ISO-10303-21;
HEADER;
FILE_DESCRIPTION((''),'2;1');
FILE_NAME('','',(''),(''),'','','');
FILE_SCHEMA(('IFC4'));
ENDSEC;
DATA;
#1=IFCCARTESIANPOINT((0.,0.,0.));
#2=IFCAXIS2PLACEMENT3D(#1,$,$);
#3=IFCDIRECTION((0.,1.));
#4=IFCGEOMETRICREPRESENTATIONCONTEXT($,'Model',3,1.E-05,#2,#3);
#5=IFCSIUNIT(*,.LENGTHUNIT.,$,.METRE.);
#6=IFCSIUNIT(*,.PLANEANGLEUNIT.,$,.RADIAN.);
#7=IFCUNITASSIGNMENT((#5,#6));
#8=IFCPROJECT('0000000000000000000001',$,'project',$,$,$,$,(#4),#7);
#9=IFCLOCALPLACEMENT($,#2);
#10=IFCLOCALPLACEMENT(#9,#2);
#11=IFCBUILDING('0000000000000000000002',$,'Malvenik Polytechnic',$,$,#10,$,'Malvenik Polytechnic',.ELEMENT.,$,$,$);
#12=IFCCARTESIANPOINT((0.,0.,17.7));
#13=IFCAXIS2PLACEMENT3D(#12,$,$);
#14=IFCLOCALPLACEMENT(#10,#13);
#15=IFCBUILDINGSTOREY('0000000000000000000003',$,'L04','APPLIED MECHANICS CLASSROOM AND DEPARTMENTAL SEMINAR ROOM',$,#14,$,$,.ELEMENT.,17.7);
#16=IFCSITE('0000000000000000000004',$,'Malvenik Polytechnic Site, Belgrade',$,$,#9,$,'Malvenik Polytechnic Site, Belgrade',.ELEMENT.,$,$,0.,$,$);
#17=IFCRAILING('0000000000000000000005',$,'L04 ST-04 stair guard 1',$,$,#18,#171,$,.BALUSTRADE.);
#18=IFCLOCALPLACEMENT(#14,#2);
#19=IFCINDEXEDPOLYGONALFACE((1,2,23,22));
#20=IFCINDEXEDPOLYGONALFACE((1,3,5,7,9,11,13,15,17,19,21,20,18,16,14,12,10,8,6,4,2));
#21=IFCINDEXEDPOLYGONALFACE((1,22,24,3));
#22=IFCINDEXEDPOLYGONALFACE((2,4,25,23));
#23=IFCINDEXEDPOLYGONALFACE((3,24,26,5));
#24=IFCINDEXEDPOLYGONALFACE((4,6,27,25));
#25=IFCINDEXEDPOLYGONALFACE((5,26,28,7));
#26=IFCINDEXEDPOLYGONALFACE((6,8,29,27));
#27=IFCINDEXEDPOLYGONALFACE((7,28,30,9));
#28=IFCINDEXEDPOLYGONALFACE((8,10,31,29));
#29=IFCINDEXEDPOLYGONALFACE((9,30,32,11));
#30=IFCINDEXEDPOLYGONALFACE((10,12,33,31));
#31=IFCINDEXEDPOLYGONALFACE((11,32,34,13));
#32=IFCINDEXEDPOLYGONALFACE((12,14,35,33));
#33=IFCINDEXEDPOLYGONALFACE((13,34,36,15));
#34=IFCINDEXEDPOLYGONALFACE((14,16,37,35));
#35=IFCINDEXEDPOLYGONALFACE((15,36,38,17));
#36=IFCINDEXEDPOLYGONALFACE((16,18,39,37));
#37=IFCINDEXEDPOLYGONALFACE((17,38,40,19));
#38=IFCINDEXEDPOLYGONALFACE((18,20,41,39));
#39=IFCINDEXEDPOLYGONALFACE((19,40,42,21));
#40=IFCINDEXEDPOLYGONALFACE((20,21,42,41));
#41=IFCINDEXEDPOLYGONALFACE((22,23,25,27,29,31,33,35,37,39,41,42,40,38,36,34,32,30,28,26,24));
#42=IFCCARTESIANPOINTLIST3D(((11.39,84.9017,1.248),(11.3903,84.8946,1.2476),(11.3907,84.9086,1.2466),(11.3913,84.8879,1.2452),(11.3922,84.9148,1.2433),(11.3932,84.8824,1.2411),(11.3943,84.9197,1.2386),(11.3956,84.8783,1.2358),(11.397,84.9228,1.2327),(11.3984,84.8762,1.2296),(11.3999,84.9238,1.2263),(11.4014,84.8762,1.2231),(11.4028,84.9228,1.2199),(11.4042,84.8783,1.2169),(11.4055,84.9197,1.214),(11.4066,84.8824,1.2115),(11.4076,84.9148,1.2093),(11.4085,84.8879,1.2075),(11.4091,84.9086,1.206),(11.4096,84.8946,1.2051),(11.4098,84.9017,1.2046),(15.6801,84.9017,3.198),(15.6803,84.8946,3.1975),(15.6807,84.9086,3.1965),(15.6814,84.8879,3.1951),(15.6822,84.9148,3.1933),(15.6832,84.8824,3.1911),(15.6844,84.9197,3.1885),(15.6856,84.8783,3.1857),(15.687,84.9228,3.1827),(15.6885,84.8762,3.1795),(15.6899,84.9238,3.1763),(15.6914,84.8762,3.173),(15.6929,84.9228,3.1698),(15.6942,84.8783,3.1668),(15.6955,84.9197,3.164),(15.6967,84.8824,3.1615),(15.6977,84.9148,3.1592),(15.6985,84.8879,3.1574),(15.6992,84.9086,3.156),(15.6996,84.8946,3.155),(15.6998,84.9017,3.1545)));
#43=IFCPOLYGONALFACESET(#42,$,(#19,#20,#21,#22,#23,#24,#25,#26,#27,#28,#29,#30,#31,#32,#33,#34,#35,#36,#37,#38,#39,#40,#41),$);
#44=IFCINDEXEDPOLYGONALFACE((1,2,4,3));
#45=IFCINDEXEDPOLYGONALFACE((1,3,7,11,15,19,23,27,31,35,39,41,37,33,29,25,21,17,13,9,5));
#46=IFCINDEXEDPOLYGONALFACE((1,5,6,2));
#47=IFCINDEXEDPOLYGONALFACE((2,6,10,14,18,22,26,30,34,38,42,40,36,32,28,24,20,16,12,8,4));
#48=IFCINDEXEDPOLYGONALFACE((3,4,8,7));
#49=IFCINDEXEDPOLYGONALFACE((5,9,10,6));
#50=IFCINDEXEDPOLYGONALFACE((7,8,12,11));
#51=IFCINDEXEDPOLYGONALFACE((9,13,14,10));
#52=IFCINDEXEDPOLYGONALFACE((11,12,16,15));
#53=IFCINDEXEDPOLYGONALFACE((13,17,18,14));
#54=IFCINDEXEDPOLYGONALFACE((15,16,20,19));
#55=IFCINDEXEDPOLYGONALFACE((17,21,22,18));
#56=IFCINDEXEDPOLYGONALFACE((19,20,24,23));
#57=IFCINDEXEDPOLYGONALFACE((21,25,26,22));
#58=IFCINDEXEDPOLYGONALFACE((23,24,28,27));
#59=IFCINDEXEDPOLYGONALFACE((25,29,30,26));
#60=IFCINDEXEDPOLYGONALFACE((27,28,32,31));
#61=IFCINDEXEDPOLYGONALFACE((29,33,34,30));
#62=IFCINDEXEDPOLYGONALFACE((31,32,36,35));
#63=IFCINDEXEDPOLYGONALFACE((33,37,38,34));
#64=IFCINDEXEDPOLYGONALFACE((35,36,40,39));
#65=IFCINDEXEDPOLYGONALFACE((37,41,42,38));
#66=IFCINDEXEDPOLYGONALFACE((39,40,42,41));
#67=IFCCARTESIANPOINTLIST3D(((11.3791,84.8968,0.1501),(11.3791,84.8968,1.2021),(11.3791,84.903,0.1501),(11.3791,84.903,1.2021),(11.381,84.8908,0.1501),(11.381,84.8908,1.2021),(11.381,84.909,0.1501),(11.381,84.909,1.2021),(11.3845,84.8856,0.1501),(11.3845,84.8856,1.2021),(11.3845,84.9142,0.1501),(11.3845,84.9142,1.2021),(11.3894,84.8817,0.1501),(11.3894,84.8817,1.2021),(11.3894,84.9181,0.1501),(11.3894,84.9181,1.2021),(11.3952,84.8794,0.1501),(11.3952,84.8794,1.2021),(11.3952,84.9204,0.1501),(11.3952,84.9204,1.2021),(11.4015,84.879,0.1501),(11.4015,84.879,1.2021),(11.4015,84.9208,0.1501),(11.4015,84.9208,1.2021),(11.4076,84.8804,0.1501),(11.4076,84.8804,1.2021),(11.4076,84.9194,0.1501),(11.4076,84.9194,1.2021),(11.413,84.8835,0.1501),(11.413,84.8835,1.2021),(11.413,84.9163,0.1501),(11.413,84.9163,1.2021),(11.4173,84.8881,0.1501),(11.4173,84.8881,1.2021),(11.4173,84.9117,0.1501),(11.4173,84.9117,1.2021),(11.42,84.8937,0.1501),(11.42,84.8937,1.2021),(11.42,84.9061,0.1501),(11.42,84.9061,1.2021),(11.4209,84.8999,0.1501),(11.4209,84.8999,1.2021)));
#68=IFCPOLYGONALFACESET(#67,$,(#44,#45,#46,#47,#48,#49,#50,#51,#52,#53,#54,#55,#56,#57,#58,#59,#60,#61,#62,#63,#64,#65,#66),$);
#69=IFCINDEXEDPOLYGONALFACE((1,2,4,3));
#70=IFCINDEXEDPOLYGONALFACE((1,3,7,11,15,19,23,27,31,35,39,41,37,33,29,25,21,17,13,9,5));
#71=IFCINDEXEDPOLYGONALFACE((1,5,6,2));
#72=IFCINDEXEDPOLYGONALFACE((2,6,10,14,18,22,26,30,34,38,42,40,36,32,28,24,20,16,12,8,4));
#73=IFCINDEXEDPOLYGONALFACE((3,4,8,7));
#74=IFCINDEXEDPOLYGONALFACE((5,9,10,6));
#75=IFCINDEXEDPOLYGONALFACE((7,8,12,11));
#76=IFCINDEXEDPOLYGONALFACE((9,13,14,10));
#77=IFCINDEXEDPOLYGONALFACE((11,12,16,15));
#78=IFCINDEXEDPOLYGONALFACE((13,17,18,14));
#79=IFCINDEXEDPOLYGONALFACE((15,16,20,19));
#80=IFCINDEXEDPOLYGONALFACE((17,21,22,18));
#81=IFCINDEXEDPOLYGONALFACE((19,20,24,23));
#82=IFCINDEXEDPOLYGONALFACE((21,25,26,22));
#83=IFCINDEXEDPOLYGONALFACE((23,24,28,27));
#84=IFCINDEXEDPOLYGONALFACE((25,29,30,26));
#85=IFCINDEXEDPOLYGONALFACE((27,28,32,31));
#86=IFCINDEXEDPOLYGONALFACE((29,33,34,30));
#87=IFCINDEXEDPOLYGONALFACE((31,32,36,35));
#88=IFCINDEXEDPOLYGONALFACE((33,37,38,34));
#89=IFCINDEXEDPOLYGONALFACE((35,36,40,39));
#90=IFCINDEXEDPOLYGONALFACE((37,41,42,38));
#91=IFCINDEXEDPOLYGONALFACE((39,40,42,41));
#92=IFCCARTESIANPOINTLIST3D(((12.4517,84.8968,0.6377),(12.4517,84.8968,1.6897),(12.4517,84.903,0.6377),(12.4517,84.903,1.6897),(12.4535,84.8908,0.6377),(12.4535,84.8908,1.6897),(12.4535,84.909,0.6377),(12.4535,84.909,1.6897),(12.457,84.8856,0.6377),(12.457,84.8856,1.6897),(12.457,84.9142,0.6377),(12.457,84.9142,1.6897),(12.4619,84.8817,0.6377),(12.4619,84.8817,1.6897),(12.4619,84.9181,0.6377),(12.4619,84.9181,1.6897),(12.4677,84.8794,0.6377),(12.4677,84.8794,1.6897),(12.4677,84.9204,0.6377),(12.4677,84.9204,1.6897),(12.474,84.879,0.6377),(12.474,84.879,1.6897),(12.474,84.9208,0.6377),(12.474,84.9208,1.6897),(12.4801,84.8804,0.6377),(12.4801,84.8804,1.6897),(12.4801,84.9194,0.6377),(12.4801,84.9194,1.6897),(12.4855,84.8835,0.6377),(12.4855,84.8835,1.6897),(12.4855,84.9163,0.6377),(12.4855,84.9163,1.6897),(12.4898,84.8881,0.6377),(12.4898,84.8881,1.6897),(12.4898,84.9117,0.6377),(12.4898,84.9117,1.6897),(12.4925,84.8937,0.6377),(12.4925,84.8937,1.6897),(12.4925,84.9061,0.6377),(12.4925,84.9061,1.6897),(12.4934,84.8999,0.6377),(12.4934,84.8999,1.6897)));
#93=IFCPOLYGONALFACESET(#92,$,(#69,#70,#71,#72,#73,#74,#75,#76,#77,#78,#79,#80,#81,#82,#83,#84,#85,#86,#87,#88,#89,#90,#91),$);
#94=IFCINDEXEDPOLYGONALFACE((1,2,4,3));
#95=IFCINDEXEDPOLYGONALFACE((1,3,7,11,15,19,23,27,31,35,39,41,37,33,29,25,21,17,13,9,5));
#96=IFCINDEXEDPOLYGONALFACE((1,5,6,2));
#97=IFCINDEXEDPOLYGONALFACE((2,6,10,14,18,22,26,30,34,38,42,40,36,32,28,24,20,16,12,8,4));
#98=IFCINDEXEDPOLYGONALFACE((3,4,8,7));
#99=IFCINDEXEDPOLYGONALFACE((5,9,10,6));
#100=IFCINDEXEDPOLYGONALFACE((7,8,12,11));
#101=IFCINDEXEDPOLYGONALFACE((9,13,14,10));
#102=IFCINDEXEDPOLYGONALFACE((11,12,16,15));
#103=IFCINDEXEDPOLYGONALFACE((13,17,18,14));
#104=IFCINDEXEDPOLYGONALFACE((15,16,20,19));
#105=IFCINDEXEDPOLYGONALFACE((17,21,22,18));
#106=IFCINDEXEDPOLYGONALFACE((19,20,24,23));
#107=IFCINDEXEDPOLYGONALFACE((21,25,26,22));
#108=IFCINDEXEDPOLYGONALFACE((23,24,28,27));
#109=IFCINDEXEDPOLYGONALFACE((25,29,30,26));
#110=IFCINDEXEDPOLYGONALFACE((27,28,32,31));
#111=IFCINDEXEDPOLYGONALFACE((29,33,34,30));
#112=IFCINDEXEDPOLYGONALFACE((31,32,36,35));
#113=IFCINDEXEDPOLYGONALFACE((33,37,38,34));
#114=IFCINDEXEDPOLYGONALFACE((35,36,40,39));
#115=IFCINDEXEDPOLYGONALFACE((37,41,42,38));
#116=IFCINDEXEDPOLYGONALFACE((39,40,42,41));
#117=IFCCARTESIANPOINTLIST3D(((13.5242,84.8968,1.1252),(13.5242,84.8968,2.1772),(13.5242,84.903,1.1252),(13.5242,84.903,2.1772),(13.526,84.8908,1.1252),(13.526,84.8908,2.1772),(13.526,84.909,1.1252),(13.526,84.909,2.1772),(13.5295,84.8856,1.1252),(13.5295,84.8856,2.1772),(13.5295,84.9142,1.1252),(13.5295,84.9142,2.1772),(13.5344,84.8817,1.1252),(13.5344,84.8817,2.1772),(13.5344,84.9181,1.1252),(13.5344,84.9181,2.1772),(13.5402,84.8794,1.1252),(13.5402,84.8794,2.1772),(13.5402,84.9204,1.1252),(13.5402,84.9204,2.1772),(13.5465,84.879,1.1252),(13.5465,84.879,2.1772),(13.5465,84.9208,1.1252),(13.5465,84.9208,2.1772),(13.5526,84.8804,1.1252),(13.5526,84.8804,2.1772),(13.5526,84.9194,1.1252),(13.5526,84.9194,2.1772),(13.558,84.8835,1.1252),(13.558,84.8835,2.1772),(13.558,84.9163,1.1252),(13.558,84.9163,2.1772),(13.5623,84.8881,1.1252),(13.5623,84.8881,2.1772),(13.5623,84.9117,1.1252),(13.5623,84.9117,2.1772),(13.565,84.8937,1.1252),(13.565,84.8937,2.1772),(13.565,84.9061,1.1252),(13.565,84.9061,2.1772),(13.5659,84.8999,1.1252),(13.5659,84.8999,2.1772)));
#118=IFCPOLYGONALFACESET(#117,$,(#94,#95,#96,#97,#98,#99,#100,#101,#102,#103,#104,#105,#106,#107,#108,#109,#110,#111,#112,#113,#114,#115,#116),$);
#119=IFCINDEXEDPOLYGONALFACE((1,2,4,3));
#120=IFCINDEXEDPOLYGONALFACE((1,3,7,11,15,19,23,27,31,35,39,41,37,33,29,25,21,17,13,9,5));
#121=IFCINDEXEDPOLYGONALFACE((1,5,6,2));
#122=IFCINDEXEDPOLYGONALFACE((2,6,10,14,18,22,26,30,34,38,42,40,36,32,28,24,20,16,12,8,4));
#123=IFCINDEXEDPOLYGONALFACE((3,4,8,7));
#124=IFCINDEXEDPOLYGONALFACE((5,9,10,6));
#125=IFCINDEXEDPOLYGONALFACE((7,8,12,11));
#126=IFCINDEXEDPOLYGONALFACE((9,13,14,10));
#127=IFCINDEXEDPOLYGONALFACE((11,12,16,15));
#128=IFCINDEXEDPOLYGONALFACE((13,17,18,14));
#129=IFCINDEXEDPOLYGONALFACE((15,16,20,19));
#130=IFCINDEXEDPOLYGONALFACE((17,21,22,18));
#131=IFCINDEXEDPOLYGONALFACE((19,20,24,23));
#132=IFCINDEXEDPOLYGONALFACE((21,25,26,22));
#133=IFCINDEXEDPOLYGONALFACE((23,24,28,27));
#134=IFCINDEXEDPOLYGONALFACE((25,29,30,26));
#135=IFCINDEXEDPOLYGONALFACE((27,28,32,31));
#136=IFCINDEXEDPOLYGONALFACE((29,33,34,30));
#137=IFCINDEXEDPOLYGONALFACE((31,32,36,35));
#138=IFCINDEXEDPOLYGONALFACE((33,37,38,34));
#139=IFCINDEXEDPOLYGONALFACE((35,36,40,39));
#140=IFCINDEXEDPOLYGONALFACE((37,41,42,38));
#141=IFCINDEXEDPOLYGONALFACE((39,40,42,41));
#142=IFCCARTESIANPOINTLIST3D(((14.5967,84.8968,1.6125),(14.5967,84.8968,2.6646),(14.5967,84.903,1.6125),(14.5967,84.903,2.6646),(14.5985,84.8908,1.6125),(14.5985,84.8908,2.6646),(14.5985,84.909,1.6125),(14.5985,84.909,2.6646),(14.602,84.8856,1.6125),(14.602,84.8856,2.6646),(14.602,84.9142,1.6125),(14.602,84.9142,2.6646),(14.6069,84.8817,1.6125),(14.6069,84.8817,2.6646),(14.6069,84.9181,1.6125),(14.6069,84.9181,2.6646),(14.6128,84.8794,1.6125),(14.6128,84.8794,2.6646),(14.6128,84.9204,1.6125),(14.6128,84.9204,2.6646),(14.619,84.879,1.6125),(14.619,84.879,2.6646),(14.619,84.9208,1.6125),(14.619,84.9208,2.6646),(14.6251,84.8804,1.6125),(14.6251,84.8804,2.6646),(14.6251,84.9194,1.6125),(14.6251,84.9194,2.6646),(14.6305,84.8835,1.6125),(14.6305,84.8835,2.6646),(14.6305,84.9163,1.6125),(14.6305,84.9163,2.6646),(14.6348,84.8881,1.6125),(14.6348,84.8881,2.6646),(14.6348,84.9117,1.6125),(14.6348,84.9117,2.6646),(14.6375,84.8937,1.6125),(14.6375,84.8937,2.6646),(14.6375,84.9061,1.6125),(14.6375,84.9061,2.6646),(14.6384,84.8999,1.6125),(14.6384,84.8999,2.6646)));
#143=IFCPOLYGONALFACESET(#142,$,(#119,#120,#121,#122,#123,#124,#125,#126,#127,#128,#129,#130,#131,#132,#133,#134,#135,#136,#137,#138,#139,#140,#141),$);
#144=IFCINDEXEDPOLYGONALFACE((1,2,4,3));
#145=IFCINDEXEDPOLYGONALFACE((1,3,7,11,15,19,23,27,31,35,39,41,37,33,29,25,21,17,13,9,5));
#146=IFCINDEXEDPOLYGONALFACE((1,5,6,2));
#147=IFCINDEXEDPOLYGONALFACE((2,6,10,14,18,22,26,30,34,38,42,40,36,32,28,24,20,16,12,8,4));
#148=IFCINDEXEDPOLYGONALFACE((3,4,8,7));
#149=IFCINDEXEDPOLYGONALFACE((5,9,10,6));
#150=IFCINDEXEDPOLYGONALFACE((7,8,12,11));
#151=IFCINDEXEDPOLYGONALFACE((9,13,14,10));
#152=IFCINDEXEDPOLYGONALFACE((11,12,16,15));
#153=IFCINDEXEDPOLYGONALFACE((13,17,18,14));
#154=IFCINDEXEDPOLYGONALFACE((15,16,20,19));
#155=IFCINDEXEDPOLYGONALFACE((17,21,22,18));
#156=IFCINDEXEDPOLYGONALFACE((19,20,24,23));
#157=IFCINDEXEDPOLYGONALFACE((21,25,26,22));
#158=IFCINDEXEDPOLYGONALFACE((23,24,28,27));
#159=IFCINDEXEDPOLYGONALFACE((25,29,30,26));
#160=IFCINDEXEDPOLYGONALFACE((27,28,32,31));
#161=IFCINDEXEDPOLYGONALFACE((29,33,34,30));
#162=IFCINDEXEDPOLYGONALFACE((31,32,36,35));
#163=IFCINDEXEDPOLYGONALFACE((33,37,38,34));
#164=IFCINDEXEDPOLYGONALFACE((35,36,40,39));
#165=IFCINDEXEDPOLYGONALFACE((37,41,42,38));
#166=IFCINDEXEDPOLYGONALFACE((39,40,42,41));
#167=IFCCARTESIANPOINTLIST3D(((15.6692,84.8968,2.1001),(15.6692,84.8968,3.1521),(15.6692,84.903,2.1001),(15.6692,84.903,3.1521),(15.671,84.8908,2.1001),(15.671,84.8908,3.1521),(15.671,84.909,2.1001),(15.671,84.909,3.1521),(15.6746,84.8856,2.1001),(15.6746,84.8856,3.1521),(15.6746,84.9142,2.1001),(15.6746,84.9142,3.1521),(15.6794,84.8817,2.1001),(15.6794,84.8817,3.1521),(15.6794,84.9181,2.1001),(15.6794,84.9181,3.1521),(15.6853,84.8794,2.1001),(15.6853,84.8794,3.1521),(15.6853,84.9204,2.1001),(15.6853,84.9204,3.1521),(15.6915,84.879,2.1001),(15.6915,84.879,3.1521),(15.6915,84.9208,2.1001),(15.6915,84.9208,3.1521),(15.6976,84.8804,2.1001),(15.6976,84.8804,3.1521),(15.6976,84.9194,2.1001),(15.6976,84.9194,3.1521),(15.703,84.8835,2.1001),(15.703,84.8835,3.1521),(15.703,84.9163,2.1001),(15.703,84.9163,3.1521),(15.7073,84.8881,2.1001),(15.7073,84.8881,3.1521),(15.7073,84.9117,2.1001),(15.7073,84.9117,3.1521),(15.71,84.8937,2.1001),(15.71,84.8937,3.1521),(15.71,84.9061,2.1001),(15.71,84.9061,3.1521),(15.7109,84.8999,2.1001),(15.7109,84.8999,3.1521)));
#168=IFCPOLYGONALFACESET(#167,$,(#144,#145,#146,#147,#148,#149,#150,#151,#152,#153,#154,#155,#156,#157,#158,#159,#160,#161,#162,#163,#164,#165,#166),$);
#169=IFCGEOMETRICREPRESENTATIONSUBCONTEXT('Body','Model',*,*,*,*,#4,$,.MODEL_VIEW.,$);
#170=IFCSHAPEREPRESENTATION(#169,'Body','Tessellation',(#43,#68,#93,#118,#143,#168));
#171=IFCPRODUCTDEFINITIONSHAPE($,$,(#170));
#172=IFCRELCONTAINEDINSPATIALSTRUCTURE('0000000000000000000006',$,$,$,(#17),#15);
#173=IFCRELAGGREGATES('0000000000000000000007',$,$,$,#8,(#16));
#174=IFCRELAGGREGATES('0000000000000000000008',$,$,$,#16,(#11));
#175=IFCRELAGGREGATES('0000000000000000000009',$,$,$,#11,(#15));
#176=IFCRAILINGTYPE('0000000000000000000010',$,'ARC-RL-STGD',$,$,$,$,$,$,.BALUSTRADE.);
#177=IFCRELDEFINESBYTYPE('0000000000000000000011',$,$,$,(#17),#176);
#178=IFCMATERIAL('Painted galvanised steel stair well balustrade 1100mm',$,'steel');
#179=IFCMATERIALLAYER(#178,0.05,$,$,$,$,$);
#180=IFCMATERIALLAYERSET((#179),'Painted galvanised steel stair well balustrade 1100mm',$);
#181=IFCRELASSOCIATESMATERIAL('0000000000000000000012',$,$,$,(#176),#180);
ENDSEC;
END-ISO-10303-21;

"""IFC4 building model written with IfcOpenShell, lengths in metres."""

from ifc_helpers import new_model, si_unit, direction, frame, origin, origin_2d, place, context, subcontext, project, spatial, circle, extrude, material, layer, layer_set, type_object, element, save


model = new_model("IFC4")

# Units and contexts
model_context = context("Model", 3, precision=1e-05, world=origin(), true_north=direction((0.0, 1.0)))
body_context = subcontext(model_context, "Body", "Model", "MODEL_VIEW")
ifc_project = project(units=[si_unit("LENGTHUNIT", "METRE"), si_unit("PLANEANGLEUNIT", "RADIAN")], contexts=[model_context])

# Site, building, storey
site_placement = place(None, origin())
site = spatial("IfcSite", under=ifc_project, at=site_placement, Name="Malvenik Polytechnic Site, Belgrade", LongName="Malvenik Polytechnic Site, Belgrade", CompositionType="ELEMENT", RefElevation=0.0)
building_placement = place(site_placement, origin())
building = spatial("IfcBuilding", under=site, at=building_placement, Name="Malvenik Polytechnic", LongName="Malvenik Polytechnic", CompositionType="ELEMENT")
storey_placement = place(building_placement, frame((0.0, 0.0, 17.7)))
storey = spatial("IfcBuildingStorey", under=building, at=storey_placement, Name="L04", Description="APPLIED MECHANICS CLASSROOM AND DEPARTMENTAL SEMINAR ROOM", CompositionType="ELEMENT", Elevation=17.7)

# Railing
ifc_material_1 = material(Name="Painted galvanised steel stair well balustrade 1100mm", Category="steel")
ifc_layer_1 = layer(ifc_material_1, 0.05)
ifc_layer_set_1 = layer_set([ifc_layer_1], Name="Painted galvanised steel stair well balustrade 1100mm")
railing_type_1 = type_object("IfcRailingType", Name="ARC-RL-STGD", PredefinedType="BALUSTRADE", material=ifc_layer_set_1)
railing_1_placement = place(storey_placement, frame((11.3999, 84.8999, 0.1501)))
element("IfcRailing", 1, at=railing_1_placement, inside=storey, type_object=railing_type_1, Name="L04 ST-04 stair guard 1", PredefinedType="BALUSTRADE", context=body_context, shape_type="SweptSolid", body=[
    extrude(circle(Radius=0.0239, at=origin_2d()), frame((0.0, 0.0, 1.0762), z_axis=(0.910372, 0.0, 0.413791), x_axis=(0.0, 1.0, 0.0)), (0.0, 0.0, 1.0), 4.7124),
    extrude(circle(Radius=0.021, at=origin_2d()), origin(), (0.0, 0.0, 1.0), 1.052),
    extrude(circle(Radius=0.021, at=origin_2d()), frame((1.0725, 0.0, 0.4875)), (0.0, 0.0, 1.0), 1.052),
    extrude(circle(Radius=0.021, at=origin_2d()), frame((2.145, 0.0, 0.9751)), (0.0, 0.0, 1.0), 1.052),
    extrude(circle(Radius=0.021, at=origin_2d()), frame((3.2175, 0.0, 1.4624)), (0.0, 0.0, 1.0), 1.052),
    extrude(circle(Radius=0.021, at=origin_2d()), frame((4.29, 0.0, 1.95)), (0.0, 0.0, 1.0), 1.052),
])

save(model, "model.ifc")
